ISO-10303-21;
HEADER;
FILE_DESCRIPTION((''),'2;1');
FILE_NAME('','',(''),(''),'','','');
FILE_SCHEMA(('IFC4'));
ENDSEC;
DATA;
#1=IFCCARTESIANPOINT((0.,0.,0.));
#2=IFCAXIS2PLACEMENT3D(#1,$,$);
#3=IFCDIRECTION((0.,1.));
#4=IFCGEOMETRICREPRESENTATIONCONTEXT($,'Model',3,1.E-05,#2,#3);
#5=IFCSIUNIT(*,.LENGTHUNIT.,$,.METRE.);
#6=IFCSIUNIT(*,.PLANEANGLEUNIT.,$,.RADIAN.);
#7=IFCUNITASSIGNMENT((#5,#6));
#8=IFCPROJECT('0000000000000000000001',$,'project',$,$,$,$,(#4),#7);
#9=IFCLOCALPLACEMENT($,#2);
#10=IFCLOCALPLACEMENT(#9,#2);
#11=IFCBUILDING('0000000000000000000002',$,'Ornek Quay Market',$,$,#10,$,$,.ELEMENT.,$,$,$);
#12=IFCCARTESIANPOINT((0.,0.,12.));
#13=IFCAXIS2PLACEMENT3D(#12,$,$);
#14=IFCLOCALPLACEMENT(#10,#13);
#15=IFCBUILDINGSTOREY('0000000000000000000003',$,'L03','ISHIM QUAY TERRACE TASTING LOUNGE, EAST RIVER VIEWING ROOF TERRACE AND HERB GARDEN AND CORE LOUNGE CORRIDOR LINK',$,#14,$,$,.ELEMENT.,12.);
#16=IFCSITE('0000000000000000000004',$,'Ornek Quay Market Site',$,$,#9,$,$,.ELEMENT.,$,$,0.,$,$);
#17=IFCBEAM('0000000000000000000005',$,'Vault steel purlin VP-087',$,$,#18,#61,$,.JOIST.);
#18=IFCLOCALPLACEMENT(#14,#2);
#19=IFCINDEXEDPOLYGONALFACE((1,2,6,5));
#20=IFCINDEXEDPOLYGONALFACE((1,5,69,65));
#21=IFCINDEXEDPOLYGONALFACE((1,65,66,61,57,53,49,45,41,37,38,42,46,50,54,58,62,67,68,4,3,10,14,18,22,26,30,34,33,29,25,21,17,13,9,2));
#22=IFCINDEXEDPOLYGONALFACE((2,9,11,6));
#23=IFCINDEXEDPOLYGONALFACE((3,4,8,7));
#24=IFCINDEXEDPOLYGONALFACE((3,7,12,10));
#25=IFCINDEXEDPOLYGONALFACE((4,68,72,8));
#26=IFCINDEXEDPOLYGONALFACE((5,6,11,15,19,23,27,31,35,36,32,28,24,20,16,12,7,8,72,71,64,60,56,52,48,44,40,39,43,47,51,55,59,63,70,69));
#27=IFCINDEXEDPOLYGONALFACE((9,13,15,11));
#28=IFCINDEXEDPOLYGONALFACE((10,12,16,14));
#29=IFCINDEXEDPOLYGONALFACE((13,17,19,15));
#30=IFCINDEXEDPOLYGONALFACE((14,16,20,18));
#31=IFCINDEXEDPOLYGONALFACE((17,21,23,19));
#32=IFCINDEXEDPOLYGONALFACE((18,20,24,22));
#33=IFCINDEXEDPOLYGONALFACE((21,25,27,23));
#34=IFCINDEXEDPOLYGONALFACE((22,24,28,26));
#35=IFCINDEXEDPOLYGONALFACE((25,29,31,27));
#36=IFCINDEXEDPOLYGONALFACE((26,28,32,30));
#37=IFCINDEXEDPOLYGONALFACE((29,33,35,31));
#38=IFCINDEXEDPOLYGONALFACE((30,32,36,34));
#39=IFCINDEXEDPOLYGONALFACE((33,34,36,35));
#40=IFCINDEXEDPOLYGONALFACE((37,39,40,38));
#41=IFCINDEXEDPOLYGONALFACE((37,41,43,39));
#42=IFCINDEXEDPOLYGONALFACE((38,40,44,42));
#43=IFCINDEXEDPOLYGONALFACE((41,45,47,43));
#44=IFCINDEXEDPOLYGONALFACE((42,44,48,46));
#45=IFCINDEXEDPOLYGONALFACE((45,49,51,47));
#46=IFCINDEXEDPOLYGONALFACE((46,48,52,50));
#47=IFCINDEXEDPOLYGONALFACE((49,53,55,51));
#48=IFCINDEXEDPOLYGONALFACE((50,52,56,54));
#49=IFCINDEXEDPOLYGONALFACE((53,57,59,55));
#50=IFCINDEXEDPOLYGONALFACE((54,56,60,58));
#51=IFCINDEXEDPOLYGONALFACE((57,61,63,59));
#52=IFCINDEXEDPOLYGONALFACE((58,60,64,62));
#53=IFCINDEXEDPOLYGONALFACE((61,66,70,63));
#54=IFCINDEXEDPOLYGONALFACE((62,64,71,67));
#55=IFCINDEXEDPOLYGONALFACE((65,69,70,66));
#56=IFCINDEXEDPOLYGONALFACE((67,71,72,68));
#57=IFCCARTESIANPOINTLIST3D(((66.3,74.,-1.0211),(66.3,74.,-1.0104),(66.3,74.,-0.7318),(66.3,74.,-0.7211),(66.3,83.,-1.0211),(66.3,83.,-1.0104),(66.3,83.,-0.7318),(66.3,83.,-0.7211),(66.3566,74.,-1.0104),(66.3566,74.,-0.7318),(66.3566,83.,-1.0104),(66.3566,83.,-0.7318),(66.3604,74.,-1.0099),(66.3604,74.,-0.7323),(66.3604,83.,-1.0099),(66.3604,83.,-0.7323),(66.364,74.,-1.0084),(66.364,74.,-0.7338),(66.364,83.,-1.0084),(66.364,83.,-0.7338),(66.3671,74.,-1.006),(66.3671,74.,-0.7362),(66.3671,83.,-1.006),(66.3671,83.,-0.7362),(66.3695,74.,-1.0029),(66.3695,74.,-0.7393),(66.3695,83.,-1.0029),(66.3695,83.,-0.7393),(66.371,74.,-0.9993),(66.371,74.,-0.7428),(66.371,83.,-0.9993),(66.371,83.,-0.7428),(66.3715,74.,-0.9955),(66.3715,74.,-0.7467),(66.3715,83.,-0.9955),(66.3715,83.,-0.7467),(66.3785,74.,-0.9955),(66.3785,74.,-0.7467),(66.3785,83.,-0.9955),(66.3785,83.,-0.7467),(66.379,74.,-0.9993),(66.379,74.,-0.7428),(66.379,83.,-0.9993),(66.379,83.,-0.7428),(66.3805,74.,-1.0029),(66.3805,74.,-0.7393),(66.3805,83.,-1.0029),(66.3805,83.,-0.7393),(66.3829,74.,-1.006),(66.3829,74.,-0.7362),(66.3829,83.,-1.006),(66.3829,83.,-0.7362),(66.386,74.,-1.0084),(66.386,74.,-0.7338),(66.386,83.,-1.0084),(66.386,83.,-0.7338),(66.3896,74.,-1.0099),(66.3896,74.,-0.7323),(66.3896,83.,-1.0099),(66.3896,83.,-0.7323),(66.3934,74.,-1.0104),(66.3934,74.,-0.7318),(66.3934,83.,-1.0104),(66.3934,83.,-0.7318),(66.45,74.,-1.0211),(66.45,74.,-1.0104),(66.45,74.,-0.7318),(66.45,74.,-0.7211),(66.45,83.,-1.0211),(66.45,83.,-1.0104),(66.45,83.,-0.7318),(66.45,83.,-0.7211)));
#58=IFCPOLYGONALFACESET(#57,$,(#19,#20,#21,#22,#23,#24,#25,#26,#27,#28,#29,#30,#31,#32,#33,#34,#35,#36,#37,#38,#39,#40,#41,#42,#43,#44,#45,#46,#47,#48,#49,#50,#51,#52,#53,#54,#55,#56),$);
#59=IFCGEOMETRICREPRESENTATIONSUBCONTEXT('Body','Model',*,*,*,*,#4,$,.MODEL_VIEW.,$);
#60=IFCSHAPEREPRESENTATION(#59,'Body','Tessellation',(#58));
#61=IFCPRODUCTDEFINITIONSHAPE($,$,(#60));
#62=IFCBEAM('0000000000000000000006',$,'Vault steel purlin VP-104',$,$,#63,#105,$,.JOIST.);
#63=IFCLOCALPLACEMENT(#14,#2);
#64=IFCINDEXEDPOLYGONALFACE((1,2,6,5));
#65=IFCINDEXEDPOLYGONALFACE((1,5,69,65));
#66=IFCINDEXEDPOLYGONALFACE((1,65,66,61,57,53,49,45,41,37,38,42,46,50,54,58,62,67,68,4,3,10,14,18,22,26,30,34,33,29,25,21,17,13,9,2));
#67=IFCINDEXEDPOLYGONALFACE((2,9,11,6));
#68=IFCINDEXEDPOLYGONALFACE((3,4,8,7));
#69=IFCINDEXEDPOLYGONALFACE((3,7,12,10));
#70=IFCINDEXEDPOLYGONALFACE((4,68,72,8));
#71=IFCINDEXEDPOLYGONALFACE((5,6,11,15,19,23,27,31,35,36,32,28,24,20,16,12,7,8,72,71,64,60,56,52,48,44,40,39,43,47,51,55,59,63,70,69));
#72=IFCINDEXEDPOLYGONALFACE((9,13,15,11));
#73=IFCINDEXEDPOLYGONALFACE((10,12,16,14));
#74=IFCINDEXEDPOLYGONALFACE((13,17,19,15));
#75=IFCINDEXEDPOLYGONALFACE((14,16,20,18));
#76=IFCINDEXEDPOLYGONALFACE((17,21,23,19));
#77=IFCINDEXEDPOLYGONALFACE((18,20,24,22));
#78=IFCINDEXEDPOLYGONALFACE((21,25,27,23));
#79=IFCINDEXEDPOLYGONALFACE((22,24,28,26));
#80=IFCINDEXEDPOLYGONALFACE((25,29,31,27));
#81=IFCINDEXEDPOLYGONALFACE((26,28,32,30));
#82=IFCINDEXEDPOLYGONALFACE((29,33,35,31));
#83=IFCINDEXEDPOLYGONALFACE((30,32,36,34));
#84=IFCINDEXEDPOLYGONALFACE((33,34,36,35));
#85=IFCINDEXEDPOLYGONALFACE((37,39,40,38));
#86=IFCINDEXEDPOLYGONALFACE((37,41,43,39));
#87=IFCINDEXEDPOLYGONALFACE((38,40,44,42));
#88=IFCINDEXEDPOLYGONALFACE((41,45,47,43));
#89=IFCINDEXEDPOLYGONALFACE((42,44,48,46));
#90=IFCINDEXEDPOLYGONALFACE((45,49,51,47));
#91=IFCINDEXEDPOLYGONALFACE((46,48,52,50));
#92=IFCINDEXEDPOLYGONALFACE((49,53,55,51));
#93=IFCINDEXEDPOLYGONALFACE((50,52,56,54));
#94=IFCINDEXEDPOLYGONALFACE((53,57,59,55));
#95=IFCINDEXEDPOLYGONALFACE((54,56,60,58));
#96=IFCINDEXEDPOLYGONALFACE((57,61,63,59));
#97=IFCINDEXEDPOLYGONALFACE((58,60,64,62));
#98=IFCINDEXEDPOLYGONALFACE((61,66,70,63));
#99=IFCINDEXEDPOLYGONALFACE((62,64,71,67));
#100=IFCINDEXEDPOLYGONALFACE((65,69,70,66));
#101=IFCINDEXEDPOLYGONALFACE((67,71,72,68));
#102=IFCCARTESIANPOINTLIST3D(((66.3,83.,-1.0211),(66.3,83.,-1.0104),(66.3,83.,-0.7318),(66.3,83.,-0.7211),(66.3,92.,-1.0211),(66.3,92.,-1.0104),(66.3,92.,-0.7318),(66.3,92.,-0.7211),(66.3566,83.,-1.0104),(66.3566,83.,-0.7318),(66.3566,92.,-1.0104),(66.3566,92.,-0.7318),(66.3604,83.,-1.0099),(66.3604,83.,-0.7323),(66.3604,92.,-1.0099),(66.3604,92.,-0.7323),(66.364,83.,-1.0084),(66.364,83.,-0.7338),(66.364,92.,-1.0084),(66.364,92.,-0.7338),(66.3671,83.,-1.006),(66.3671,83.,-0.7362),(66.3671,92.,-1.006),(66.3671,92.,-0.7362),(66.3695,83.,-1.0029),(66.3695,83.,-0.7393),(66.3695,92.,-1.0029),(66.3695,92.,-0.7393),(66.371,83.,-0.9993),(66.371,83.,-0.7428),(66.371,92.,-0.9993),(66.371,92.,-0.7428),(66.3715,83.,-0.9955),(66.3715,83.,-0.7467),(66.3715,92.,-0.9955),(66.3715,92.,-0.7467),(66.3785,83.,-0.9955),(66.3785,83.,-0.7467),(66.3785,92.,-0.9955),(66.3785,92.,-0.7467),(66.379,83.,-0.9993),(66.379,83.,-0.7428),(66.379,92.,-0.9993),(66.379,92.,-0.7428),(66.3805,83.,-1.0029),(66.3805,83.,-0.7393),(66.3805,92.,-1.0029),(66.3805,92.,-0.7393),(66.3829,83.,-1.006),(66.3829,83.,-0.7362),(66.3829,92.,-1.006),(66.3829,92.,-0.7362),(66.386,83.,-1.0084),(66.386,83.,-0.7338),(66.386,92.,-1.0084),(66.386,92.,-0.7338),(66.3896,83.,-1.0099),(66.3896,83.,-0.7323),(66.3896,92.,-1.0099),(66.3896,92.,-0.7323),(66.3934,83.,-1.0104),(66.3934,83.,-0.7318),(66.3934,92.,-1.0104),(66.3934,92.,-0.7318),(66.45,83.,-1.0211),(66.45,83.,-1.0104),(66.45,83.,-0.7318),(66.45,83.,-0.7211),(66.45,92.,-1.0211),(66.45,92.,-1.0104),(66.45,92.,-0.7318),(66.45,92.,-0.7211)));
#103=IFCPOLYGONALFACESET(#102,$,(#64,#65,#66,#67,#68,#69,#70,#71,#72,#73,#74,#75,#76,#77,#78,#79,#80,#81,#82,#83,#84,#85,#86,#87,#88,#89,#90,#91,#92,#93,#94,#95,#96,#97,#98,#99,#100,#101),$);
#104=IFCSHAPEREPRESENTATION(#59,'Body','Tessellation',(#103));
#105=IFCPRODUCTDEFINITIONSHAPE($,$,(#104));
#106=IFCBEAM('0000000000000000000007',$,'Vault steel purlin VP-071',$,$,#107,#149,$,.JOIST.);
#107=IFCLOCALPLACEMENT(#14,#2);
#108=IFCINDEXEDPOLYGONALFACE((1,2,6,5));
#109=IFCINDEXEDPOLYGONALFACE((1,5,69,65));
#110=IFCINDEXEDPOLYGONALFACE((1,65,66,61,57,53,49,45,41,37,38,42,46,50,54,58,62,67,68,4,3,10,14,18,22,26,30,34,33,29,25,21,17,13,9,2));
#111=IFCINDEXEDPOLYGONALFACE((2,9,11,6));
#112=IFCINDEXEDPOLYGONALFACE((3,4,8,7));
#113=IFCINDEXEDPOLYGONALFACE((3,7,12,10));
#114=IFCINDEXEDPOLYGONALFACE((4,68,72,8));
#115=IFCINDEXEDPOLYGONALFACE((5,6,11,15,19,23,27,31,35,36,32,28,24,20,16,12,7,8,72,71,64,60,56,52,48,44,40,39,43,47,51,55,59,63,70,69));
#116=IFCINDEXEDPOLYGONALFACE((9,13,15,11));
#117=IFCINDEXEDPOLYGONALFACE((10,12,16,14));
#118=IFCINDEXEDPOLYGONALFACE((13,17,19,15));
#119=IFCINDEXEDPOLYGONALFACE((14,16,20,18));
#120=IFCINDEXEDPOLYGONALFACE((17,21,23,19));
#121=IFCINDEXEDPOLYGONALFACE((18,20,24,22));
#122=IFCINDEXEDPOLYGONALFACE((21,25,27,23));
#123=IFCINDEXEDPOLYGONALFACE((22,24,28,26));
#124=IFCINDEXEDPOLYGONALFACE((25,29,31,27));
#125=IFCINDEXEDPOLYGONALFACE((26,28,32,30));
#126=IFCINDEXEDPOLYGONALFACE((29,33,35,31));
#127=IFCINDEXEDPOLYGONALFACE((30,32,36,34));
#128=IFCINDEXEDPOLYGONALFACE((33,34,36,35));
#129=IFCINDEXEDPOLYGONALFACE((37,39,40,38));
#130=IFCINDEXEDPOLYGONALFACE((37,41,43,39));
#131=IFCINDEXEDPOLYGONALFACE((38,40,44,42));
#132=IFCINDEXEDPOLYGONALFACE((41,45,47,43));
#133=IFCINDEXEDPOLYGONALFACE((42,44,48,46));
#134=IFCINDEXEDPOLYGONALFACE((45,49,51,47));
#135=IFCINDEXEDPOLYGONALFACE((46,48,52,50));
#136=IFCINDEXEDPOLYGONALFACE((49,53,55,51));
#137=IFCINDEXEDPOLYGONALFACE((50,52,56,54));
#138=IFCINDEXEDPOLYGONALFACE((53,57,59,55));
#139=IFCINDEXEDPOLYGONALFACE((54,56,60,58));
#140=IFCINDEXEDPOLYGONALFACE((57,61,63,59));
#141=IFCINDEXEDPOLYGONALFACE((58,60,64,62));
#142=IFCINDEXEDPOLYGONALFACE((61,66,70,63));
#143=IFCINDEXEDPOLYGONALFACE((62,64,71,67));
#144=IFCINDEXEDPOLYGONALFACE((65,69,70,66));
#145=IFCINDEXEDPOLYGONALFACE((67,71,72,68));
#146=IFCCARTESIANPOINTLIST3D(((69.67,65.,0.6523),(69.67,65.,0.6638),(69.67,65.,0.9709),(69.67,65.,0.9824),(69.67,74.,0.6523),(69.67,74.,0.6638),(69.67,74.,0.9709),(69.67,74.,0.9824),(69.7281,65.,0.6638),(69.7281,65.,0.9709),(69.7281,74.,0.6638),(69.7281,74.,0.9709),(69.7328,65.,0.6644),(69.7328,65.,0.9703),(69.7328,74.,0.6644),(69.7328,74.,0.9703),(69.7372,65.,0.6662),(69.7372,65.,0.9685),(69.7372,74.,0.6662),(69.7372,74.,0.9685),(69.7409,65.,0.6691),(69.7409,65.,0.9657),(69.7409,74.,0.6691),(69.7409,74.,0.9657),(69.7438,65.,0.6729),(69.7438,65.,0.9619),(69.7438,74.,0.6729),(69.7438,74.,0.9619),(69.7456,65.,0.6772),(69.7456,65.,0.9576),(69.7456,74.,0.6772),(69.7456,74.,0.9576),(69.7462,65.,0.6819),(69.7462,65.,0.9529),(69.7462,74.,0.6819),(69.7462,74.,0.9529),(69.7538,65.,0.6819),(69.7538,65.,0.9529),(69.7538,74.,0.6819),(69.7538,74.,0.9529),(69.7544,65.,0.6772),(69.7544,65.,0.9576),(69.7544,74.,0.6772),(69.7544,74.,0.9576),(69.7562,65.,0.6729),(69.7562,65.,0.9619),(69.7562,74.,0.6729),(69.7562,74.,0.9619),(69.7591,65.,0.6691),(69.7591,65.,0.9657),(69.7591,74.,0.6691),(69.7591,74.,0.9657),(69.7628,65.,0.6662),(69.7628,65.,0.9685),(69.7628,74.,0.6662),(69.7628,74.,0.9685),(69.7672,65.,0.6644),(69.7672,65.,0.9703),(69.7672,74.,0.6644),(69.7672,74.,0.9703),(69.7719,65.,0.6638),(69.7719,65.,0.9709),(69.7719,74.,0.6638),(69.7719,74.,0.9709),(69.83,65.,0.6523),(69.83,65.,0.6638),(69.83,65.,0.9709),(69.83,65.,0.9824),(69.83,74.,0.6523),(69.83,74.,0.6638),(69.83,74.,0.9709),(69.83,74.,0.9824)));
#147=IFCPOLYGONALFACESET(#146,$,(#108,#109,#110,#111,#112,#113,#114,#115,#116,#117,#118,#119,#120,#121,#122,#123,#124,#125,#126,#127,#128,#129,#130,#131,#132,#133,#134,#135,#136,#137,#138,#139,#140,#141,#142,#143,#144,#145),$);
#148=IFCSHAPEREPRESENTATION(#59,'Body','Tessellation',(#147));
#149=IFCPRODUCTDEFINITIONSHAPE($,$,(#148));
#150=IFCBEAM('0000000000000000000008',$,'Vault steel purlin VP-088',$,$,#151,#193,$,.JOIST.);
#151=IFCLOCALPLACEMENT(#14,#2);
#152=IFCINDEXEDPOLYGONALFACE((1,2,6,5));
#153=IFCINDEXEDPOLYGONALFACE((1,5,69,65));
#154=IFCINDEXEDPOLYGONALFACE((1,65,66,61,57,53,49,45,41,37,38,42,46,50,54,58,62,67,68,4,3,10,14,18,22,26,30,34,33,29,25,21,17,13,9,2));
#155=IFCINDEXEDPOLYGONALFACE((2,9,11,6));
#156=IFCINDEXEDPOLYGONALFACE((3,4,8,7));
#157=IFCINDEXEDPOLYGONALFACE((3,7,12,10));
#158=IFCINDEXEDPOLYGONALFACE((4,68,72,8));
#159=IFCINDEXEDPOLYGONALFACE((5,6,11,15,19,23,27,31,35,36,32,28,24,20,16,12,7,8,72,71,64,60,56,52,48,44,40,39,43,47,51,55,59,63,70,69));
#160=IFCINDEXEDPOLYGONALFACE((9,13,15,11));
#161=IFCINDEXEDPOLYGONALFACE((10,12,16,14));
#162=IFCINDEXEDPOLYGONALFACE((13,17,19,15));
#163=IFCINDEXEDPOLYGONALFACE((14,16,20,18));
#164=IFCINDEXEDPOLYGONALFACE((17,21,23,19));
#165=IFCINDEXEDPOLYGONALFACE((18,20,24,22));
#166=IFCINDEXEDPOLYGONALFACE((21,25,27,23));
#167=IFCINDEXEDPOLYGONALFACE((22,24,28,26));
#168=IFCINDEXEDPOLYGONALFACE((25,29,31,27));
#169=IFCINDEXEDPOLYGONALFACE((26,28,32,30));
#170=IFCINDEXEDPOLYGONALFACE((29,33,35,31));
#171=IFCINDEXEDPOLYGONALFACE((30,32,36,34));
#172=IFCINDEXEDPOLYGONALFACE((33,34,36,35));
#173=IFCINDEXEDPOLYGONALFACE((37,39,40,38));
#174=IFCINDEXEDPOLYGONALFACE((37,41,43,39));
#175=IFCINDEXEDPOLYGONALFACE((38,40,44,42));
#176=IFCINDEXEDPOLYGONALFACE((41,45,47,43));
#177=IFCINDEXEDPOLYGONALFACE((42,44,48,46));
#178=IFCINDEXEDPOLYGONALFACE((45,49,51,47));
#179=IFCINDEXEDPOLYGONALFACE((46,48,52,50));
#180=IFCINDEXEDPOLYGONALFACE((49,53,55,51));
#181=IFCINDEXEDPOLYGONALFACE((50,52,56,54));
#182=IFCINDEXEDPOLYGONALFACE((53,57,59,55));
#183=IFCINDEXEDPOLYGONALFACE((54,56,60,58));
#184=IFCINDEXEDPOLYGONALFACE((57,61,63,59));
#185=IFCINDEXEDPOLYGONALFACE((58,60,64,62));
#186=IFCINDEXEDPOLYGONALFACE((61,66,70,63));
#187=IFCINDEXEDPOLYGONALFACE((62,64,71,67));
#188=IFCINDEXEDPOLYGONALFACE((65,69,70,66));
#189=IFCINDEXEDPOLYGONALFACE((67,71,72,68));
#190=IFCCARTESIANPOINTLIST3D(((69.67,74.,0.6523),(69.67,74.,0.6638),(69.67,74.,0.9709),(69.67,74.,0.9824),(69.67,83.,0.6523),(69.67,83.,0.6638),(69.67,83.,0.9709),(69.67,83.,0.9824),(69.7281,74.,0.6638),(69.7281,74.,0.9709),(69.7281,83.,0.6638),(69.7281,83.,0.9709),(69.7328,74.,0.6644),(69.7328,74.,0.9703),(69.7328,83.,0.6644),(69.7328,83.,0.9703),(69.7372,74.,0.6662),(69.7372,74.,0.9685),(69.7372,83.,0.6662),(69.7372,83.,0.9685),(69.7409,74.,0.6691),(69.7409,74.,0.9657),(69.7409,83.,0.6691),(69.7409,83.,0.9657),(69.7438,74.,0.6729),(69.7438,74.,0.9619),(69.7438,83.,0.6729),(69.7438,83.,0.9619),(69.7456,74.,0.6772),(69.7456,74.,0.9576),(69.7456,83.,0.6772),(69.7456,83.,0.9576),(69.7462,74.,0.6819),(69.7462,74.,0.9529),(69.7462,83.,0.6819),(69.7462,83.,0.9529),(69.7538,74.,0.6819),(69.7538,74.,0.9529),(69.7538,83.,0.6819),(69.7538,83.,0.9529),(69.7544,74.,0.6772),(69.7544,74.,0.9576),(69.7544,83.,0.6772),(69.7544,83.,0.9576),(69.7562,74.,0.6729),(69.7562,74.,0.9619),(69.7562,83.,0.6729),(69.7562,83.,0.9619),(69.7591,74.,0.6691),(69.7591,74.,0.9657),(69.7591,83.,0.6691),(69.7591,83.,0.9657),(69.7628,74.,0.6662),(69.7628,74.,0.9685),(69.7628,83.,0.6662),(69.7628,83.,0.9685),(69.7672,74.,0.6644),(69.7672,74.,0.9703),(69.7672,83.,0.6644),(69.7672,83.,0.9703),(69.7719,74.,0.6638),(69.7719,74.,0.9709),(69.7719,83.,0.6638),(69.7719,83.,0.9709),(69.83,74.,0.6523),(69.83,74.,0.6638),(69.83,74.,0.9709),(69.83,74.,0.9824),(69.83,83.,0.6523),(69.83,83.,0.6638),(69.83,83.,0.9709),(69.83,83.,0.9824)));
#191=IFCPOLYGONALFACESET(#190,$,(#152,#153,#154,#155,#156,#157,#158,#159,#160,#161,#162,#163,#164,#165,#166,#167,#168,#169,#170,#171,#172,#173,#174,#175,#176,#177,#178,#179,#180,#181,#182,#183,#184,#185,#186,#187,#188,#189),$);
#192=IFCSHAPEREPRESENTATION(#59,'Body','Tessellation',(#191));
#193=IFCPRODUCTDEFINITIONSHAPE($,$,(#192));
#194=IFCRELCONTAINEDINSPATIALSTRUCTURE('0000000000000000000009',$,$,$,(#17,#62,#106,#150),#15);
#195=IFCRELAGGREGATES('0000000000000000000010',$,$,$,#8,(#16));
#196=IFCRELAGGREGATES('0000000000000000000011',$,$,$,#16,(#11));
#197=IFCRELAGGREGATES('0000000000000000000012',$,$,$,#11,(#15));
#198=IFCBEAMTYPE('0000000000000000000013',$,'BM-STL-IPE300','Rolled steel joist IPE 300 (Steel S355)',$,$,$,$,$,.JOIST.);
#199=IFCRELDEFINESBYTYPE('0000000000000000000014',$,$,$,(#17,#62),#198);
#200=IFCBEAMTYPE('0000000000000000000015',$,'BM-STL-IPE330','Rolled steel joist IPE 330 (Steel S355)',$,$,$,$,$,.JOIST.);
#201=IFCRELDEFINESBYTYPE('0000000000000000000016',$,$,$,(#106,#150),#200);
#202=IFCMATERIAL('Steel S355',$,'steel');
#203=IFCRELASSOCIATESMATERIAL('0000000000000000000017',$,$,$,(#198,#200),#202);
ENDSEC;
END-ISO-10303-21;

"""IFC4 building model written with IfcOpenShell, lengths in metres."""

from ifc_helpers import new_model, si_unit, direction, frame, origin, origin_2d, place, context, subcontext, project, spatial, i_section, extrude, material, material_profile, profile_set, type_object, element, save


model = new_model("IFC4")

# Units and contexts
model_context = context("Model", 3, precision=1e-05, world=origin(), true_north=direction((0.0, 1.0)))
body_context = subcontext(model_context, "Body", "Model", "MODEL_VIEW")
ifc_project = project(units=[si_unit("LENGTHUNIT", "METRE"), si_unit("PLANEANGLEUNIT", "RADIAN")], contexts=[model_context])

# Site, building, storey
site_placement = place(None, origin())
site = spatial("IfcSite", under=ifc_project, at=site_placement, Name="Ornek Quay Market Site", CompositionType="ELEMENT", RefElevation=0.0)
building_placement = place(site_placement, origin())
building = spatial("IfcBuilding", under=site, at=building_placement, Name="Ornek Quay Market", CompositionType="ELEMENT")
storey_placement = place(building_placement, frame((0.0, 0.0, 12.0)))
storey = spatial("IfcBuildingStorey", under=building, at=storey_placement, Name="L03", Description="ISHIM QUAY TERRACE TASTING LOUNGE, EAST RIVER VIEWING ROOF TERRACE AND HERB GARDEN AND CORE LOUNGE CORRIDOR LINK", CompositionType="ELEMENT", Elevation=12.0)

# Beams
ifc_material_1 = material(Name="Steel S355", Category="steel")
ifc_material_profile_1 = material_profile(ifc_material_1, i_section(OverallWidth=0.1499, OverallDepth=0.3, WebThickness=0.0071, FlangeThickness=0.0107, FilletRadius=0.0149, at=origin_2d()), Name="IPE 300", Category="steel")
ifc_profile_set_1 = profile_set([ifc_material_profile_1], Name="Steel S355")
beam_type_1 = type_object("IfcBeamType", Name="BM-STL-IPE300", Description="Rolled steel joist IPE 300 (Steel S355)", PredefinedType="JOIST", material=ifc_profile_set_1)
for number, where, z_axis, x_axis, name in (
    (1, (66.375, 74.0, -0.8711), (0.0, 1.0, 0.0), (-1.0, 0.0, 0.0), "Vault steel purlin VP-087"),
    (2, (66.375, 83.0, -0.8711), (0.0, 1.0, 0.0), (-1.0, 0.0, 0.0), "Vault steel purlin VP-104"),
):
    element("IfcBeam", number, at=place(storey_placement, frame(where, z_axis=z_axis, x_axis=x_axis)), inside=storey, type_object=beam_type_1, Name=name, PredefinedType="JOIST", context=body_context, shape_type="SweptSolid", body=[
        extrude(i_section(OverallWidth=0.1499, OverallDepth=0.3, WebThickness=0.0071, FlangeThickness=0.0107, FilletRadius=0.0149, at=origin_2d()), origin(), (0.0, 0.0, 1.0), 9.0),
    ])
ifc_material_profile_2 = material_profile(ifc_material_1, i_section(OverallWidth=0.1599, OverallDepth=0.3301, WebThickness=0.0076, FlangeThickness=0.0115, FilletRadius=0.0181, at=origin_2d()), Name="IPE 330", Category="steel")
ifc_profile_set_2 = profile_set([ifc_material_profile_2], Name="Steel S355")
beam_type_2 = type_object("IfcBeamType", Name="BM-STL-IPE330", Description="Rolled steel joist IPE 330 (Steel S355)", PredefinedType="JOIST", material=ifc_profile_set_2)
for number, where, z_axis, x_axis, name in (
    (3, (69.75, 65.0, 0.8174), (0.0, 1.0, 0.0), (-1.0, 0.0, 0.0), "Vault steel purlin VP-071"),
    (4, (69.75, 74.0, 0.8174), (0.0, 1.0, 0.0), (-1.0, 0.0, 0.0), "Vault steel purlin VP-088"),
):
    element("IfcBeam", number, at=place(storey_placement, frame(where, z_axis=z_axis, x_axis=x_axis)), inside=storey, type_object=beam_type_2, Name=name, PredefinedType="JOIST", context=body_context, shape_type="SweptSolid", body=[
        extrude(i_section(OverallWidth=0.1599, OverallDepth=0.3301, WebThickness=0.0076, FlangeThickness=0.0115, FilletRadius=0.0181, at=origin_2d()), origin(), (0.0, 0.0, 1.0), 9.0),
    ])

save(model, "model.ifc")
